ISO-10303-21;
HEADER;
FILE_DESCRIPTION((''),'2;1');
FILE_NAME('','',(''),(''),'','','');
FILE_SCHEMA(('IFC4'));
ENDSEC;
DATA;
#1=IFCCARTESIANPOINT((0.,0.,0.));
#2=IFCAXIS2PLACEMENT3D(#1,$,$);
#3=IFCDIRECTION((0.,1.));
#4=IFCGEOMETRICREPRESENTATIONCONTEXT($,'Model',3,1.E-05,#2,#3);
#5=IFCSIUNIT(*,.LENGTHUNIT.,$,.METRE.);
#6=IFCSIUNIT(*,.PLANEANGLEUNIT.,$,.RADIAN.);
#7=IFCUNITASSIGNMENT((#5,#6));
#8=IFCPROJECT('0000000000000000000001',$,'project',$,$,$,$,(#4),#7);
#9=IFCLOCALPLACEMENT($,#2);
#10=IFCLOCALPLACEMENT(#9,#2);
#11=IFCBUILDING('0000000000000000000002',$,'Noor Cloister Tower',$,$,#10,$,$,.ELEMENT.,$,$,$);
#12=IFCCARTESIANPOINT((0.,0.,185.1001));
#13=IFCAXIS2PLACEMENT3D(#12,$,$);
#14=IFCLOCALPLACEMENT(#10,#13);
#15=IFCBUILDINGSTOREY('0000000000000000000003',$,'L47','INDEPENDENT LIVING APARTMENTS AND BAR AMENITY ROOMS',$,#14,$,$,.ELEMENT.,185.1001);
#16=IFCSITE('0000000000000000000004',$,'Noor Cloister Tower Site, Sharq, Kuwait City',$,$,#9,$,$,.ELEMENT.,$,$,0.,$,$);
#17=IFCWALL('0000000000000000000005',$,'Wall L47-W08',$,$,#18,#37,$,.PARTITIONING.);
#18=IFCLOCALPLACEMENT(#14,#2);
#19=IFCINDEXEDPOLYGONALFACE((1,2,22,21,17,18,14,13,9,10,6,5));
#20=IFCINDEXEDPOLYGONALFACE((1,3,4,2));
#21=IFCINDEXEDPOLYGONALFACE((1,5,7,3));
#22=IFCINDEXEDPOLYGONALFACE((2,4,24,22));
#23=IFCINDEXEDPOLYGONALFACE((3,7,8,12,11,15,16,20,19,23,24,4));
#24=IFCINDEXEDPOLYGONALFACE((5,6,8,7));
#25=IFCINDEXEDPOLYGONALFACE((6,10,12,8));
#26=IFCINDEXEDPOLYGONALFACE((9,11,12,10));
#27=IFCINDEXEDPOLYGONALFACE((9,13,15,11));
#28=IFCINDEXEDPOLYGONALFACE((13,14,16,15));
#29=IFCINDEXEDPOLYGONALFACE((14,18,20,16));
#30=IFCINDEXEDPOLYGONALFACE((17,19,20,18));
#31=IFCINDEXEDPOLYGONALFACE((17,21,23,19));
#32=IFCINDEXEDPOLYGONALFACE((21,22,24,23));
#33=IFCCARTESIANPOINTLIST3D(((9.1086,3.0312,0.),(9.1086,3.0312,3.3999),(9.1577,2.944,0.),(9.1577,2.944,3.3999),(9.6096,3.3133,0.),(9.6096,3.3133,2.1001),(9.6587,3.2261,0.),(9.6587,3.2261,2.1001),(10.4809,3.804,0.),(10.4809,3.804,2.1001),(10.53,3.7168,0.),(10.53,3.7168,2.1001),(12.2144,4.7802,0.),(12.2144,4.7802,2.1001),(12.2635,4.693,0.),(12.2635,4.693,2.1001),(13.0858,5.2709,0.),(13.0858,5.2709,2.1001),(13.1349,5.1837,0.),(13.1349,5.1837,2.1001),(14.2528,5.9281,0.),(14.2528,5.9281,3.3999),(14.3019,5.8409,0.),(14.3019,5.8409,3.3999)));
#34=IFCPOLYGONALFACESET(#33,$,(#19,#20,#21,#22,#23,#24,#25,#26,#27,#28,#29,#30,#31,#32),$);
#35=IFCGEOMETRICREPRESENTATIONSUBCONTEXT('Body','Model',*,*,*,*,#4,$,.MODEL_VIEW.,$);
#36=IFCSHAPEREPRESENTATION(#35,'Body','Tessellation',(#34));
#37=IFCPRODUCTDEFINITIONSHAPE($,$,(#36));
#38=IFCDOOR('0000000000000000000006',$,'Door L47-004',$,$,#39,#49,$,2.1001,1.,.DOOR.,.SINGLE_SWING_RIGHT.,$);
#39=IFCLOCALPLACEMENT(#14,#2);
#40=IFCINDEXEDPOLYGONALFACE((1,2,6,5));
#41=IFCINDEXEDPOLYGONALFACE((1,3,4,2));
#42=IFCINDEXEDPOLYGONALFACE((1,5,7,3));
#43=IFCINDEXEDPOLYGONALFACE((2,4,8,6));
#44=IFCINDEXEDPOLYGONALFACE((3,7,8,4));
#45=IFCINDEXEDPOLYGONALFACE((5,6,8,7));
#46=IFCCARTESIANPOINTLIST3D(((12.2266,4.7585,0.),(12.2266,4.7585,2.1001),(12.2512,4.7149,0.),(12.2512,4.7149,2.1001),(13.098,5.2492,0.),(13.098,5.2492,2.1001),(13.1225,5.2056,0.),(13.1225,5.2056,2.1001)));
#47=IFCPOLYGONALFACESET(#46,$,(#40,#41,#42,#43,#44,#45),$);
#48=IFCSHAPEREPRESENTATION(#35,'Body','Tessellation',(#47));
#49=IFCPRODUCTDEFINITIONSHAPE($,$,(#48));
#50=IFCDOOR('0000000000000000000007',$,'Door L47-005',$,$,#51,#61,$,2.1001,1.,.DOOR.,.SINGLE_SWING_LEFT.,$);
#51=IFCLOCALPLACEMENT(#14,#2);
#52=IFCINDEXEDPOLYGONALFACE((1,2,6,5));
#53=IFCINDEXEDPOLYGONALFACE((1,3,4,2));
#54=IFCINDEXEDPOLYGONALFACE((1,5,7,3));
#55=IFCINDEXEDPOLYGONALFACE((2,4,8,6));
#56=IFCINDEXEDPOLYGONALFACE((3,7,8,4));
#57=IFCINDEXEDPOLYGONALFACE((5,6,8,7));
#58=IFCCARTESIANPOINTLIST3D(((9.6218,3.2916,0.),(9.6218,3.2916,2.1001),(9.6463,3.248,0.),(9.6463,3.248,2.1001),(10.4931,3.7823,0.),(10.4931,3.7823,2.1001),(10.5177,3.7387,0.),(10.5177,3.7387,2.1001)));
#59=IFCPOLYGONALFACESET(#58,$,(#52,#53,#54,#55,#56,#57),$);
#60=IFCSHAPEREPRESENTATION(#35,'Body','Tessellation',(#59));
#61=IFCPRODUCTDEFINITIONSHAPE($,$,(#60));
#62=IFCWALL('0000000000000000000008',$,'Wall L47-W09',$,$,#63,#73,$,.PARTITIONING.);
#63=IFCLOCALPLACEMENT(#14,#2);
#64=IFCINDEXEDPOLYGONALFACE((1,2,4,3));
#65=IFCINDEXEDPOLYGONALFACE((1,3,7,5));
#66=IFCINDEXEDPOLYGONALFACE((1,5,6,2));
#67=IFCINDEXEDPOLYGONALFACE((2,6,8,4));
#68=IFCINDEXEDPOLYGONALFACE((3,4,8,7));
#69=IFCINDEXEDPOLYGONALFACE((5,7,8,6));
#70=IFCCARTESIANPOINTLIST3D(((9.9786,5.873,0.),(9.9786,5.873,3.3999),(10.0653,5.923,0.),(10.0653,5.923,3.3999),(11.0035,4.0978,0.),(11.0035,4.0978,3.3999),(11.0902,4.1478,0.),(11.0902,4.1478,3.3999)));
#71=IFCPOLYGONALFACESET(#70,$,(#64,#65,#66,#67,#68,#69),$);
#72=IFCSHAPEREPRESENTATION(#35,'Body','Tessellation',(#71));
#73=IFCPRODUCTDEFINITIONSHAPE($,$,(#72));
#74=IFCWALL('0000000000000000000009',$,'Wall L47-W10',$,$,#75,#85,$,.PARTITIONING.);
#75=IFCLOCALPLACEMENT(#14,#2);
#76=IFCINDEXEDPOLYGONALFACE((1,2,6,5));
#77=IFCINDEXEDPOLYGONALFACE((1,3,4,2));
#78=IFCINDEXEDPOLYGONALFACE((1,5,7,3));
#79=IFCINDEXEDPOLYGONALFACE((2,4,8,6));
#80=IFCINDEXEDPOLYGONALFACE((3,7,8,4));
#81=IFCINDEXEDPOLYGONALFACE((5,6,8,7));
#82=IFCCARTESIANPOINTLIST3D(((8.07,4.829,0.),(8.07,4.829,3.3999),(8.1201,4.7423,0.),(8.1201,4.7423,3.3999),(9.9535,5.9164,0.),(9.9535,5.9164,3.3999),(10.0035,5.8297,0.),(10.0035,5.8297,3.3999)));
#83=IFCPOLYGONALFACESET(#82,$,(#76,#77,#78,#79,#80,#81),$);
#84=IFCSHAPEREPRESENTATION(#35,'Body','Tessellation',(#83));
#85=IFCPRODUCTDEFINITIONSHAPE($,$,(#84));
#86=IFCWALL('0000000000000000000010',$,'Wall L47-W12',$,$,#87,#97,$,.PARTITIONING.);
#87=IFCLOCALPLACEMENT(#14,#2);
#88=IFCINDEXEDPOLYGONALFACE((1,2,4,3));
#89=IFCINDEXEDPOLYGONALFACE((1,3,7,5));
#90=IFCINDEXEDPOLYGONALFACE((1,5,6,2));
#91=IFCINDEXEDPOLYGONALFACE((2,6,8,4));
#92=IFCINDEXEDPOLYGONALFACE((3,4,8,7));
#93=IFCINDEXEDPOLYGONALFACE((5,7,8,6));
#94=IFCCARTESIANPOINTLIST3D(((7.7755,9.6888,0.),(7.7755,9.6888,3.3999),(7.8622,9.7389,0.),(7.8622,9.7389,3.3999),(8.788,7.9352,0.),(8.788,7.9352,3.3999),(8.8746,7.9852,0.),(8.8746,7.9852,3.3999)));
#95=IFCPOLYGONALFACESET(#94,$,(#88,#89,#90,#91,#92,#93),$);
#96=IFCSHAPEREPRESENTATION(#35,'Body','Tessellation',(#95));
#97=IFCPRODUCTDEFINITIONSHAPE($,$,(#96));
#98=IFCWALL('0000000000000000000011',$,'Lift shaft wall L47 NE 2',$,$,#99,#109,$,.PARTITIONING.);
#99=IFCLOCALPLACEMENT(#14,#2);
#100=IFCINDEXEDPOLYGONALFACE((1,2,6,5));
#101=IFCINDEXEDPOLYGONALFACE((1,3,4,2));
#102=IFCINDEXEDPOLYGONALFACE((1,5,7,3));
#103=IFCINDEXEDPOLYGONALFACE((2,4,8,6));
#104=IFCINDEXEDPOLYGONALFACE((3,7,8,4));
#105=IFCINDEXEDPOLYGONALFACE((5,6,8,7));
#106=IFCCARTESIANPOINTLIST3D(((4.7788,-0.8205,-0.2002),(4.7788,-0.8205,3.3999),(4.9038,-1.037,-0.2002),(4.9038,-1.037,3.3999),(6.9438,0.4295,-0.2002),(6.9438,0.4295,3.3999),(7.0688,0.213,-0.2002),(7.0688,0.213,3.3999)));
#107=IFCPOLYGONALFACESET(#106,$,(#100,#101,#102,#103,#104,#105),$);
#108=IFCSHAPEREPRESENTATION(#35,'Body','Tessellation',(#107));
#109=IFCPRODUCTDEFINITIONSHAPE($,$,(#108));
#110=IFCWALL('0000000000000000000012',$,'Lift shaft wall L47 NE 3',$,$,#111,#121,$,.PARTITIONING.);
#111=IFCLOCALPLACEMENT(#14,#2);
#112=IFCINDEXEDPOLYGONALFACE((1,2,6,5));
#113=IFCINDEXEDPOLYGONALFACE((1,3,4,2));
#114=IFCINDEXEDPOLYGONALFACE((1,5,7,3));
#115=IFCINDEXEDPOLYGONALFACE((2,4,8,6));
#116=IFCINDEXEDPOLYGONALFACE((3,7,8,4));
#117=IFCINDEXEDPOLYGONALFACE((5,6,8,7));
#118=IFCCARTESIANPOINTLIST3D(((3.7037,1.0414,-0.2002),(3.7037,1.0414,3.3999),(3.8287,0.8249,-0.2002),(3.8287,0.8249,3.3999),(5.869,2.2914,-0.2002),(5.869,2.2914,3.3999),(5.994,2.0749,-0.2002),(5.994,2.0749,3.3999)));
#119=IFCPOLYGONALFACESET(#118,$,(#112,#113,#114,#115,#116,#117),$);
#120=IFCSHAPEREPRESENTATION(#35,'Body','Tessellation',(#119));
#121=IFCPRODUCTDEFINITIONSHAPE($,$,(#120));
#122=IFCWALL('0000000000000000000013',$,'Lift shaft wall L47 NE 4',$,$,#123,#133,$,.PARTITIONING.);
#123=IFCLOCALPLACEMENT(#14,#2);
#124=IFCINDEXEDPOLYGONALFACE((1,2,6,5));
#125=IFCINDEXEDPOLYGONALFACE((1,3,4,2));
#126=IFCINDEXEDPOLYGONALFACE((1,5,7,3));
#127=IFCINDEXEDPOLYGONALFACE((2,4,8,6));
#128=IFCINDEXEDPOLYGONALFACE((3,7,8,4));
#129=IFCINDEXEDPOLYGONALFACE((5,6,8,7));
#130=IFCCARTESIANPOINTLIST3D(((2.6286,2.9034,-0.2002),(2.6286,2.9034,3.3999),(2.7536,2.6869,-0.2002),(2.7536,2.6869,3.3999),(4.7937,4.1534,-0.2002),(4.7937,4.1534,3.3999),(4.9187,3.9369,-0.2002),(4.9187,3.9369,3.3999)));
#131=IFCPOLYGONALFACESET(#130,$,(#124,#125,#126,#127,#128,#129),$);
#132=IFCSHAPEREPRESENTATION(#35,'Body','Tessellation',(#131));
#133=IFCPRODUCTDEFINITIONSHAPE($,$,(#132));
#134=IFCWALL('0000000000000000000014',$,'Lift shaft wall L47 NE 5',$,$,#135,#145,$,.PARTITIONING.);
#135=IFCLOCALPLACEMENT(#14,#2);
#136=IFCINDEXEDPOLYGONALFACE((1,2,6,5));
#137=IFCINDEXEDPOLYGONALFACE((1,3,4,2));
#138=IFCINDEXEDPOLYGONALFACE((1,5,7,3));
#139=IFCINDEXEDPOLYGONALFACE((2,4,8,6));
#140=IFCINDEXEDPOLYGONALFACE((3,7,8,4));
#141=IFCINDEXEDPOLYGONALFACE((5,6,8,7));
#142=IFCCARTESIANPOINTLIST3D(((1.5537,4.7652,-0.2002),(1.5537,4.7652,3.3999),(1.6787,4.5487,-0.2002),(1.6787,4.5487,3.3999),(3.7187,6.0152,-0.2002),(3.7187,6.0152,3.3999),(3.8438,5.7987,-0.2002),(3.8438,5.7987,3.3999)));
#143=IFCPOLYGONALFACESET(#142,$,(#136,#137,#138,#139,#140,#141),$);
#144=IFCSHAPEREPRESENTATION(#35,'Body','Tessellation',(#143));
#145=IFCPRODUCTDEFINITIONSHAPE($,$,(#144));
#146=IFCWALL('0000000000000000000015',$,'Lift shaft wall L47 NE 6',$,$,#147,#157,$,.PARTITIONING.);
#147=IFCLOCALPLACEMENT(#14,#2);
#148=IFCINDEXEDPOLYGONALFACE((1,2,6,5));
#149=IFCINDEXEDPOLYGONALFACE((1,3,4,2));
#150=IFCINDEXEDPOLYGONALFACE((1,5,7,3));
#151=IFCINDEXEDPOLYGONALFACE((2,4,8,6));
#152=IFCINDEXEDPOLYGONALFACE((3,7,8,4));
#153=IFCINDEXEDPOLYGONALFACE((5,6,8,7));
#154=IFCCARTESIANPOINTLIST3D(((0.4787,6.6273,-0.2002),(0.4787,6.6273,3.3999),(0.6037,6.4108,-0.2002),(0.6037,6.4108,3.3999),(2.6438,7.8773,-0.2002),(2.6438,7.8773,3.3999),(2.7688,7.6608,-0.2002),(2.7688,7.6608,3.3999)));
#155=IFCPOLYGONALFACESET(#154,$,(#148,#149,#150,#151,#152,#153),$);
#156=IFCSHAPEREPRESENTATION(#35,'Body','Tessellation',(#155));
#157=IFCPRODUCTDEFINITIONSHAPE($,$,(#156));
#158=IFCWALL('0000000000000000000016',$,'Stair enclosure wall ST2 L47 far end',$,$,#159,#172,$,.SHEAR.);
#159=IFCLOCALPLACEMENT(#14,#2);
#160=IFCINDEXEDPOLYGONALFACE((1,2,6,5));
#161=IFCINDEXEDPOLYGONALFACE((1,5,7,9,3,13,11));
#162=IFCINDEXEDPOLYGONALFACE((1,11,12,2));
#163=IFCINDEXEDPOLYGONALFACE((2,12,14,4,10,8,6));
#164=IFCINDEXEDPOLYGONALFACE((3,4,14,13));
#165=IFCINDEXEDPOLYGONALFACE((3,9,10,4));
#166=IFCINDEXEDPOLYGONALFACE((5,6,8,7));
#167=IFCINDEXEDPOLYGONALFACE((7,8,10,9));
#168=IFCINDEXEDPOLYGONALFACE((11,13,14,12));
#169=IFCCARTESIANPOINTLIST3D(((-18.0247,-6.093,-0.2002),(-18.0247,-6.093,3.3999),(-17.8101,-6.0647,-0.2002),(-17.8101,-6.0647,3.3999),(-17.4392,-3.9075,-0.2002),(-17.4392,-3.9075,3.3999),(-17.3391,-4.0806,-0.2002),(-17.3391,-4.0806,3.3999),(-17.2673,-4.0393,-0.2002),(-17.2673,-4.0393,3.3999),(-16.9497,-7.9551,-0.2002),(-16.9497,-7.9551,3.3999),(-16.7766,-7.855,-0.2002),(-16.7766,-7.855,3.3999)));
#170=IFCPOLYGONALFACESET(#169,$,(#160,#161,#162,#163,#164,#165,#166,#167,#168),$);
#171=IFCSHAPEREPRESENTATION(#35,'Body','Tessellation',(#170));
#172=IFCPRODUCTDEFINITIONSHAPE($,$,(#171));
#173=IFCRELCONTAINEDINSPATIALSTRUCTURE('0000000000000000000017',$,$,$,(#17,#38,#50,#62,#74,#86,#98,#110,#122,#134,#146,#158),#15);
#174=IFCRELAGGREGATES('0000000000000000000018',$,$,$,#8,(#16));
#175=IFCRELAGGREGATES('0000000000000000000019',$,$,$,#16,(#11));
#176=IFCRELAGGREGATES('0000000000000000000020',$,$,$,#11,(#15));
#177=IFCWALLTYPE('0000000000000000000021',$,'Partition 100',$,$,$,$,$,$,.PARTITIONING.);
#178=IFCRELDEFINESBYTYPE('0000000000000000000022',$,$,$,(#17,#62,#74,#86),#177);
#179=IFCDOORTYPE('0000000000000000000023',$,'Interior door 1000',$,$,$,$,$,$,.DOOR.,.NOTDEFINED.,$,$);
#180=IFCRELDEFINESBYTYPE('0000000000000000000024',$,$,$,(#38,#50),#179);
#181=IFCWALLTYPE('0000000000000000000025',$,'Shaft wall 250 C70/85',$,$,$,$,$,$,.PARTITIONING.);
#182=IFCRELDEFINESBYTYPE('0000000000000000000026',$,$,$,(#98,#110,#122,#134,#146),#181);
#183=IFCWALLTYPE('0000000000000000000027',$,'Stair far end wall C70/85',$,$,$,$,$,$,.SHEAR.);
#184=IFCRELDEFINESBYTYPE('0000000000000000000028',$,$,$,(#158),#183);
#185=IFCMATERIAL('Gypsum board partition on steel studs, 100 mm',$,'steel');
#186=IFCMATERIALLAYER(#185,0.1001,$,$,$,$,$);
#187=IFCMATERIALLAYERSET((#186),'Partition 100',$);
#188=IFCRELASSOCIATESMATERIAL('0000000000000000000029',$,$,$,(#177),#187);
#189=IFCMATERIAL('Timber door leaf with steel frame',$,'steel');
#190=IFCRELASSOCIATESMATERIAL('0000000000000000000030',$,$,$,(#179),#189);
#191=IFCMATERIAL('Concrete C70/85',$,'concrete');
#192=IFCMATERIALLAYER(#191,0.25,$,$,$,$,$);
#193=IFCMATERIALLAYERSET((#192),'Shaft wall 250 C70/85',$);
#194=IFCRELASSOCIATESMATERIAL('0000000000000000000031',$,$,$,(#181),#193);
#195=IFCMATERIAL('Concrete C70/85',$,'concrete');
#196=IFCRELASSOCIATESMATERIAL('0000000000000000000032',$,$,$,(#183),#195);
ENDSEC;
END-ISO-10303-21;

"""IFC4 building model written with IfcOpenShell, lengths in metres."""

from ifc_helpers import new_model, si_unit, direction, frame, frame_2d, origin, place, context, subcontext, project, spatial, polyline, rectangle, outline, extrude, material, layer, layer_set, type_object, element, fill, save


model = new_model("IFC4")

# Units and contexts
model_context = context("Model", 3, precision=1e-05, world=origin(), true_north=direction((0.0, 1.0)))
body_context = subcontext(model_context, "Body", "Model", "MODEL_VIEW")
ifc_project = project(units=[si_unit("LENGTHUNIT", "METRE"), si_unit("PLANEANGLEUNIT", "RADIAN")], contexts=[model_context])

# Site, building, storey
site_placement = place(None, origin())
site = spatial("IfcSite", under=ifc_project, at=site_placement, Name="Noor Cloister Tower Site, Sharq, Kuwait City", CompositionType="ELEMENT", RefElevation=0.0)
building_placement = place(site_placement, origin())
building = spatial("IfcBuilding", under=site, at=building_placement, Name="Noor Cloister Tower", CompositionType="ELEMENT")
storey_placement = place(building_placement, frame((0.0, 0.0, 185.1001)))
storey = spatial("IfcBuildingStorey", under=building, at=storey_placement, Name="L47", Description="INDEPENDENT LIVING APARTMENTS AND BAR AMENITY ROOMS", CompositionType="ELEMENT", Elevation=185.1001)

# Wall, openings, doors
ifc_material_1 = material(Name="Gypsum board partition on steel studs, 100 mm", Category="steel")
ifc_layer_1 = layer(ifc_material_1, 0.1001)
ifc_layer_set_1 = layer_set([ifc_layer_1], Name="Partition 100")
wall_type_1 = type_object("IfcWallType", Name="Partition 100", PredefinedType="PARTITIONING", material=ifc_layer_set_1)
wall_1_placement = place(storey_placement, frame((14.2773, 5.8845, 0.0), z_axis=(0.0, 0.0, 1.0), x_axis=(-0.871336, -0.490687, 0.0)))
wall_1 = element("IfcWall", 1, at=wall_1_placement, inside=storey, type_object=wall_type_1, Name="Wall L47-W08", PredefinedType="PARTITIONING", context=body_context, shape_type="SweptSolid", body=[
    extrude(rectangle(XDim=5.9038, YDim=0.1001, at=frame_2d((2.9519, 0.0))), origin(), (0.0, 0.0, 1.0), 3.3999),
])
opening_1_placement = place(wall_1_placement, frame((1.3394, 0.0, 0.0)))
opening_1 = element("IfcOpeningElement", 2, at=opening_1_placement, cuts=wall_1, PredefinedType="OPENING", context=body_context, shape_type="SweptSolid", body=[
    extrude(rectangle(XDim=1.0, YDim=2.1001, at=frame_2d((0.5, 1.05))), frame((0.0, 0.0601, 0.0), z_axis=(0.0, -1.0, 0.0), x_axis=(1.0, 0.0, 0.0)), (0.0, 0.0, 1.0), 0.1201),
])
opening_2_placement = place(wall_1_placement, frame((4.3289, 0.0, 0.0)))
opening_2 = element("IfcOpeningElement", 3, at=opening_2_placement, cuts=wall_1, PredefinedType="OPENING", context=body_context, shape_type="SweptSolid", body=[
    extrude(rectangle(XDim=1.0, YDim=2.1001, at=frame_2d((0.5, 1.05))), frame((0.0, 0.0601, 0.0), z_axis=(0.0, -1.0, 0.0), x_axis=(1.0, 0.0, 0.0)), (0.0, 0.0, 1.0), 0.1201),
])
ifc_material_2 = material(Name="Timber door leaf with steel frame", Category="steel")
door_type_1 = type_object("IfcDoorType", Name="Interior door 1000", OperationType="NOTDEFINED", PredefinedType="DOOR", material=ifc_material_2)
door_1_placement = place(opening_1_placement, origin())
door_1 = element("IfcDoor", 4, at=door_1_placement, inside=storey, type_object=door_type_1, Name="Door L47-004", OperationType="SINGLE_SWING_RIGHT", OverallHeight=2.1001, OverallWidth=1.0, PredefinedType="DOOR", context=body_context, shape_type="SweptSolid", body=[
    extrude(rectangle(XDim=1.0, YDim=2.1001, at=frame_2d((0.5, 1.05))), frame((0.0, 0.0249, 0.0), z_axis=(0.0, -1.0, 0.0), x_axis=(1.0, 0.0, 0.0)), (0.0, 0.0, 1.0), 0.05),
])
fill(opening_1, door_1)
door_2_placement = place(opening_2_placement, origin())
door_2 = element("IfcDoor", 5, at=door_2_placement, inside=storey, type_object=door_type_1, Name="Door L47-005", OperationType="SINGLE_SWING_LEFT", OverallHeight=2.1001, OverallWidth=1.0, PredefinedType="DOOR", context=body_context, shape_type="SweptSolid", body=[
    extrude(rectangle(XDim=1.0, YDim=2.1001, at=frame_2d((0.5, 1.05))), frame((0.0, 0.0249, 0.0), z_axis=(0.0, -1.0, 0.0), x_axis=(1.0, 0.0, 0.0)), (0.0, 0.0, 1.0), 0.05),
])
fill(opening_2, door_2)

# Walls
wall_2_placement = place(storey_placement, frame((11.0469, 4.1228, 0.0), z_axis=(0.0, 0.0, 1.0), x_axis=(-0.500008, 0.866021, 0.0)))
element("IfcWall", 6, at=wall_2_placement, inside=storey, type_object=wall_type_1, Name="Wall L47-W09", PredefinedType="PARTITIONING", context=body_context, shape_type="SweptSolid", body=[
    extrude(rectangle(XDim=2.0498, YDim=0.1001, at=frame_2d((1.0249, 0.0))), origin(), (0.0, 0.0, 1.0), 3.3999),
])
wall_3_placement = place(storey_placement, frame((9.9785, 5.873, 0.0), z_axis=(0.0, 0.0, 1.0), x_axis=(-0.866038, -0.499978, 0.0)))
element("IfcWall", 7, at=wall_3_placement, inside=storey, type_object=wall_type_1, Name="Wall L47-W10", PredefinedType="PARTITIONING", context=body_context, shape_type="SweptSolid", body=[
    extrude(rectangle(XDim=2.1748, YDim=0.1001, at=frame_2d((1.0874, 0.0))), origin(), (0.0, 0.0, 1.0), 3.3999),
])
wall_4_placement = place(storey_placement, frame((8.8313, 7.9602, 0.0), z_axis=(0.0, 0.0, 1.0), x_axis=(-0.49999, 0.866031, 0.0)))
element("IfcWall", 8, at=wall_4_placement, inside=storey, type_object=wall_type_1, Name="Wall L47-W12", PredefinedType="PARTITIONING", context=body_context, shape_type="SweptSolid", body=[
    extrude(rectangle(XDim=2.0249, YDim=0.1001, at=frame_2d((1.0125, 0.0))), origin(), (0.0, 0.0, 1.0), 3.3999),
])
ifc_material_3 = material(Name="Concrete C70/85", Category="concrete")
ifc_layer_2 = layer(ifc_material_3, 0.25)
ifc_layer_set_2 = layer_set([ifc_layer_2], Name="Shaft wall 250 C70/85")
wall_type_2 = type_object("IfcWallType", Name="Shaft wall 250 C70/85", PredefinedType="PARTITIONING", material=ifc_layer_set_2)
wall_5_placement = place(storey_placement, frame((7.0063, 0.3213, -0.2002), z_axis=(0.0, 0.0, 1.0), x_axis=(-0.866023, -0.500004, 0.0)))
element("IfcWall", 9, at=wall_5_placement, inside=storey, type_object=wall_type_2, Name="Lift shaft wall L47 NE 2", PredefinedType="PARTITIONING", context=body_context, shape_type="SweptSolid", body=[
    extrude(rectangle(XDim=2.5, YDim=0.25, at=frame_2d((1.25, 0.0))), origin(), (0.0, 0.0, 1.0), 3.6001),
])
wall_6_placement = place(storey_placement, frame((5.9314, 2.1831, -0.2002), z_axis=(0.0, 0.0, 1.0), x_axis=(-0.866047, -0.499962, 0.0)))
element("IfcWall", 10, at=wall_6_placement, inside=storey, type_object=wall_type_2, Name="Lift shaft wall L47 NE 3", PredefinedType="PARTITIONING", context=body_context, shape_type="SweptSolid", body=[
    extrude(rectangle(XDim=2.5002, YDim=0.25, at=frame_2d((1.25, 0.0))), origin(), (0.0, 0.0, 1.0), 3.6001),
])
for number, where, z_axis, x_axis, name in (
    (11, (4.8562, 4.0452, -0.2002), (0.0, 0.0, 1.0), (-0.866023, -0.500004, 0.0), "Lift shaft wall L47 NE 4"),
    (12, (3.7812, 5.907, -0.2002), (0.0, 0.0, 1.0), (-0.866023, -0.500004, 0.0), "Lift shaft wall L47 NE 5"),
    (13, (2.7063, 7.769, -0.2002), (0.0, 0.0, 1.0), (-0.866023, -0.500004, 0.0), "Lift shaft wall L47 NE 6"),
):
    element("IfcWall", number, at=place(storey_placement, frame(where, z_axis=z_axis, x_axis=x_axis)), inside=storey, type_object=wall_type_2, Name=name, PredefinedType="PARTITIONING", context=body_context, shape_type="SweptSolid", body=[
        extrude(rectangle(XDim=2.5, YDim=0.25, at=frame_2d((1.25, 0.0))), origin(), (0.0, 0.0, 1.0), 3.6001),
    ])
ifc_material_4 = material(Name="Concrete C70/85", Category="concrete")
wall_type_3 = type_object("IfcWallType", Name="Stair far end wall C70/85", PredefinedType="SHEAR", material=ifc_material_4)
wall_7_placement = place(storey_placement, frame((0.0, 0.0, -0.2002)))
element("IfcWall", 14, at=wall_7_placement, inside=storey, type_object=wall_type_3, Name="Stair enclosure wall ST2 L47 far end", PredefinedType="SHEAR", context=body_context, shape_type="SweptSolid", body=[
    extrude(outline(polyline([(-17.4392, -3.9075), (-18.0247, -6.093), (-16.9497, -7.9551), (-16.7766, -7.855), (-17.8101, -6.0647), (-17.2673, -4.0393), (-17.3391, -4.0806), (-17.3391, -4.0806), (-17.3391, -4.0806), (-17.3391, -4.0806), (-17.3391, -4.0806), (-17.3391, -4.0806), (-17.3391, -4.0806), (-17.3391, -4.0806), (-17.3391, -4.0806), (-17.3391, -4.0806), (-17.3391, -4.0806), (-17.3391, -4.0806), (-17.3391, -4.0806), (-17.3391, -4.0806), (-17.3391, -4.0806), (-17.3391, -4.0806), (-17.3391, -4.0806), (-17.4392, -3.9075)])), origin(), (0.0, 0.0, 1.0), 3.6001),
])

save(model, "model.ifc")
